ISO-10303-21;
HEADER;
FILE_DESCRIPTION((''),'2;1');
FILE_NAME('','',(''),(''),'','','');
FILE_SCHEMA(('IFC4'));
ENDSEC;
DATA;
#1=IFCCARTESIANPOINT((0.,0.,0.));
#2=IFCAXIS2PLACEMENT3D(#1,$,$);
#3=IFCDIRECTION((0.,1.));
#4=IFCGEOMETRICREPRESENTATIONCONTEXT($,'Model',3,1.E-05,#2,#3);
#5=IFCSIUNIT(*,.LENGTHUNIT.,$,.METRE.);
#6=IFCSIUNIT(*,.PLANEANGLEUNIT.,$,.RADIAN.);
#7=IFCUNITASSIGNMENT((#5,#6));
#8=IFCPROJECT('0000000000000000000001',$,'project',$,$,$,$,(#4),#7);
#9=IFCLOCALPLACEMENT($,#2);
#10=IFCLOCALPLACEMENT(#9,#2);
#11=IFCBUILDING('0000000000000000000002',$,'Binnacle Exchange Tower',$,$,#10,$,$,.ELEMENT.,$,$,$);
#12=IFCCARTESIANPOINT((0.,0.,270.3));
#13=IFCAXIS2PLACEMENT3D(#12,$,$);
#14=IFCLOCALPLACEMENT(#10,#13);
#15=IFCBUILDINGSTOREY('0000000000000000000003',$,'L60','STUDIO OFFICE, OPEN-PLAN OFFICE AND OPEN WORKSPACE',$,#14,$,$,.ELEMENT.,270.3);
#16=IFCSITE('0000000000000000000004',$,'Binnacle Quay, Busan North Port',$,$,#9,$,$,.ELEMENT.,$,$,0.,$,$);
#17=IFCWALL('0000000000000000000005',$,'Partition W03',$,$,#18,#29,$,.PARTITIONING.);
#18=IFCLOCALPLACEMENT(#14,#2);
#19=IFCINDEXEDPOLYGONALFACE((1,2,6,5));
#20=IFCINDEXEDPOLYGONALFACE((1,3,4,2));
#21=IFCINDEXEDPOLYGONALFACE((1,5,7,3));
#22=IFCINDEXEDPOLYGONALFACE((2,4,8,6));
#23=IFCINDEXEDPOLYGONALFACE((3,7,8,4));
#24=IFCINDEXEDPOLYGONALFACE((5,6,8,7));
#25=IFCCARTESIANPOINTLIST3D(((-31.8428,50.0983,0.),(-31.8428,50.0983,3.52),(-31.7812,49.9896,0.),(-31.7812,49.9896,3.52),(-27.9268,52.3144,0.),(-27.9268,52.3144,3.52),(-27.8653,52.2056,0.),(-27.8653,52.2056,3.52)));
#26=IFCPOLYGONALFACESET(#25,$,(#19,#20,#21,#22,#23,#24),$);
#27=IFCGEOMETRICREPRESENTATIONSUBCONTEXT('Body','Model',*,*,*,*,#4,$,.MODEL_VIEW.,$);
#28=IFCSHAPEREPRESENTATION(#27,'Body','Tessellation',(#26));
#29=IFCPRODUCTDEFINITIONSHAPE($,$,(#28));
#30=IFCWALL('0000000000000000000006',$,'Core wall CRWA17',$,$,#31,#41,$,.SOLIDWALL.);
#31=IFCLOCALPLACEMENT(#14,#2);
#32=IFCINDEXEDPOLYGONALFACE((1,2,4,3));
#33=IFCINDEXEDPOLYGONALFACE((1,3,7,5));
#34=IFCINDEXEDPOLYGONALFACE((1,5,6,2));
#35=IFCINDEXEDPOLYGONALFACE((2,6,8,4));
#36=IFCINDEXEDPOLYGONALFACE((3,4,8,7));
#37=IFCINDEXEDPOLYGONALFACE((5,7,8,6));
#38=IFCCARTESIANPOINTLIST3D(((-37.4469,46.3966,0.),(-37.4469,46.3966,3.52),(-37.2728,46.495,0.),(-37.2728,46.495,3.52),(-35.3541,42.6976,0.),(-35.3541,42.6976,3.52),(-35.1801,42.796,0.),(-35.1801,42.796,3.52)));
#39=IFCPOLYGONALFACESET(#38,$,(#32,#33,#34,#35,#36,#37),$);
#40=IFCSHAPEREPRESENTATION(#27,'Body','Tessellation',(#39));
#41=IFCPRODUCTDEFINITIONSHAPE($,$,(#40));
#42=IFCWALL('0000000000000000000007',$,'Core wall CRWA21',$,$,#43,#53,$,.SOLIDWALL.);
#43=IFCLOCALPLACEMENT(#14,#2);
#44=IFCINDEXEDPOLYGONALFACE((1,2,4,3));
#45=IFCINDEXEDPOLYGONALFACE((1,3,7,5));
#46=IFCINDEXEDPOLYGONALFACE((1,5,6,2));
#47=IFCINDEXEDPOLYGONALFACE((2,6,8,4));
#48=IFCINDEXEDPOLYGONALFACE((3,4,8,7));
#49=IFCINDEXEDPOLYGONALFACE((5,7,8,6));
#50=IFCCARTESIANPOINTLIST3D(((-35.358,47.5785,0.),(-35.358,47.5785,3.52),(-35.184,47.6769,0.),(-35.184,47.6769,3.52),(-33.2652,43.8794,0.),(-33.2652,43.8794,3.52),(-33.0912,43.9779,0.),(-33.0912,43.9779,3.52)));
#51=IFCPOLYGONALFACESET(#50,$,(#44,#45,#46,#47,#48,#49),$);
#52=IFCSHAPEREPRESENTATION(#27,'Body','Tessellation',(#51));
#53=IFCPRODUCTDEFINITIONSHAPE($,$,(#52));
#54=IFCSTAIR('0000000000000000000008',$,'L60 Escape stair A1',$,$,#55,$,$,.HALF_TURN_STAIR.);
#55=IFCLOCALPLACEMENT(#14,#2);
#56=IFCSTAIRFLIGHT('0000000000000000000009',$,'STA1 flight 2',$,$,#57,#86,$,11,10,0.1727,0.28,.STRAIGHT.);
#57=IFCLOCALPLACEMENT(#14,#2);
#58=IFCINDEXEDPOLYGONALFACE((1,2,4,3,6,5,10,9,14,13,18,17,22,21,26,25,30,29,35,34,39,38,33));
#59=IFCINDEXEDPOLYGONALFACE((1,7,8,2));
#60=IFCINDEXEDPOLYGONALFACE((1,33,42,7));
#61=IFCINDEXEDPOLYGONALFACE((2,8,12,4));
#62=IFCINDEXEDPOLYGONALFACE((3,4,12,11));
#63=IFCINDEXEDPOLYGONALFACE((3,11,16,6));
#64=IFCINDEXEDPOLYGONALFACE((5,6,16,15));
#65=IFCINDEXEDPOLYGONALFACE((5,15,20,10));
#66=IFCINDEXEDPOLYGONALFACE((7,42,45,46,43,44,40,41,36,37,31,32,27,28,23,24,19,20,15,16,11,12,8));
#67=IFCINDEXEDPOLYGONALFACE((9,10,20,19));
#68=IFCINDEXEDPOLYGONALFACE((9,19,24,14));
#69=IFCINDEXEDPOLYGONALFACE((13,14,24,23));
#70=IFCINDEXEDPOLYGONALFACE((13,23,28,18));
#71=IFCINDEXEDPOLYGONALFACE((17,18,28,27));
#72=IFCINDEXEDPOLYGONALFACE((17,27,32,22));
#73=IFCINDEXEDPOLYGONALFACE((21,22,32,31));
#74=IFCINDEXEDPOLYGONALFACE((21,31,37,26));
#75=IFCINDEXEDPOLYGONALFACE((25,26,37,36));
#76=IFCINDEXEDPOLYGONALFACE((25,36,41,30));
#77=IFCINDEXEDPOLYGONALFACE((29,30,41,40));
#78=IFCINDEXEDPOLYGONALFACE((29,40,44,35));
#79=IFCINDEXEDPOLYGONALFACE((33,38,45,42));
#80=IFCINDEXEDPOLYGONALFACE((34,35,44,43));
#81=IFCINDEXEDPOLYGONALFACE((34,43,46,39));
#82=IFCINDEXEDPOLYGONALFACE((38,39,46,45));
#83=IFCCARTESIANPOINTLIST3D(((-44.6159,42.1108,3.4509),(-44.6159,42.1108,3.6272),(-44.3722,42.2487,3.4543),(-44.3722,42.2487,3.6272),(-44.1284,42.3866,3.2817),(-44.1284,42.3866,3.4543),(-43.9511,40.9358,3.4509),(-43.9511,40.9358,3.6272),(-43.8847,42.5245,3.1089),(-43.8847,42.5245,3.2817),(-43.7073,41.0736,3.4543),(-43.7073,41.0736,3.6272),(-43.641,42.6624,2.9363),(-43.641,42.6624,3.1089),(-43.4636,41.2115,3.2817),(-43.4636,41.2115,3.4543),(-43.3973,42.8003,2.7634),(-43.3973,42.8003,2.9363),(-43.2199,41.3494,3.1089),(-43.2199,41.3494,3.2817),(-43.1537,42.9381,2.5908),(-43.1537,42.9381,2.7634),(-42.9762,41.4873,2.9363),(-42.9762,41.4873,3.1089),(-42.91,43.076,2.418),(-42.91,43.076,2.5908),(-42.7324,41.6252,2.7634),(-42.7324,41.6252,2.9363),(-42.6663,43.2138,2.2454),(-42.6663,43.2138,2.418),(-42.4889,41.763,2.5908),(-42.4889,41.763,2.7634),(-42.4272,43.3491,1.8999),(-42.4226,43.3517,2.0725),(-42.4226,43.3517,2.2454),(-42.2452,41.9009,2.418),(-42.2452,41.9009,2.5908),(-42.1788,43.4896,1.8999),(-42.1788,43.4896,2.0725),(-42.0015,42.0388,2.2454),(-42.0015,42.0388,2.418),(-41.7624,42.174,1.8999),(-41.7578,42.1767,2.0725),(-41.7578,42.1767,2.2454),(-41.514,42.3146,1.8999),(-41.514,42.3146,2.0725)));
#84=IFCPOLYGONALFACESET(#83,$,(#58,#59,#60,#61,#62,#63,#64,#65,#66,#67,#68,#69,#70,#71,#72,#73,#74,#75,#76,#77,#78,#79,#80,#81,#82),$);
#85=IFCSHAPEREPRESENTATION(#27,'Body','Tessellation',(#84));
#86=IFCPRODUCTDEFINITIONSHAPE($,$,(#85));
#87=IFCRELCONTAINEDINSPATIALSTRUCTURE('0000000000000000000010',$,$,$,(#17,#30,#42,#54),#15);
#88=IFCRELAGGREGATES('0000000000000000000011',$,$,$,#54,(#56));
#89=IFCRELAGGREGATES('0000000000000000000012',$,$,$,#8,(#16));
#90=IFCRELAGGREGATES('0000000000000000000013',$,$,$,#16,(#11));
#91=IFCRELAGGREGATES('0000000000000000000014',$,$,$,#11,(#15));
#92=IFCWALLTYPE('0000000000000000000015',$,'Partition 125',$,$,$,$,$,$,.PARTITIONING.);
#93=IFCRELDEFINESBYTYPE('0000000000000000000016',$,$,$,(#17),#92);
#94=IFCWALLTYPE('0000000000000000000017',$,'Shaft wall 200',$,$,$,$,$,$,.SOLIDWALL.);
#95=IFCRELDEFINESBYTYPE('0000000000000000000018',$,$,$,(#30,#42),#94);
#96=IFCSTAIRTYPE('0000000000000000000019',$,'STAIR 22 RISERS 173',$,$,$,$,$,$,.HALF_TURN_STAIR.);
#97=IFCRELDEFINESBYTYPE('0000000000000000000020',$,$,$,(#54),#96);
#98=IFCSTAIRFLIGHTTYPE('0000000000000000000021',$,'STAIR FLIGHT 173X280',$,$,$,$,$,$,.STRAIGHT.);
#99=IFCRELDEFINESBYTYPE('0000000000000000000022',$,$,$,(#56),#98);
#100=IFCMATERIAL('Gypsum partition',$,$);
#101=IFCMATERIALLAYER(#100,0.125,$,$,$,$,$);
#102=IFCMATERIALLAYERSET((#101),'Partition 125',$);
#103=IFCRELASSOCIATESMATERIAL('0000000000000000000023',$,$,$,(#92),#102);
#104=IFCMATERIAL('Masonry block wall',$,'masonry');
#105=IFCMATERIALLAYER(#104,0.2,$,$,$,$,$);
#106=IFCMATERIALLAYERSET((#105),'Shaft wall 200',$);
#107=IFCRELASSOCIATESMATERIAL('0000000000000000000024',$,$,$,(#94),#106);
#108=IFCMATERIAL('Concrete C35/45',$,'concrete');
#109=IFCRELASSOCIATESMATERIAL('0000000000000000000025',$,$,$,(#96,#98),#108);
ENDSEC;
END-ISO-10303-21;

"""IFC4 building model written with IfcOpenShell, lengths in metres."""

from ifc_helpers import new_model, si_unit, direction, frame, frame_2d, origin, place, context, subcontext, project, spatial, polyline, rectangle, outline, extrude, material, layer, layer_set, type_object, element, aggregate, save


model = new_model("IFC4")

# Units and contexts
model_context = context("Model", 3, precision=1e-05, world=origin(), true_north=direction((0.0, 1.0)))
body_context = subcontext(model_context, "Body", "Model", "MODEL_VIEW")
ifc_project = project(units=[si_unit("LENGTHUNIT", "METRE"), si_unit("PLANEANGLEUNIT", "RADIAN")], contexts=[model_context])

# Site, building, storey
site_placement = place(None, origin())
site = spatial("IfcSite", under=ifc_project, at=site_placement, Name="Binnacle Quay, Busan North Port", CompositionType="ELEMENT", RefElevation=0.0)
building_placement = place(site_placement, origin())
building = spatial("IfcBuilding", under=site, at=building_placement, Name="Binnacle Exchange Tower", CompositionType="ELEMENT")
storey_placement = place(building_placement, frame((0.0, 0.0, 270.3)))
storey = spatial("IfcBuildingStorey", under=building, at=storey_placement, Name="L60", Description="STUDIO OFFICE, OPEN-PLAN OFFICE AND OPEN WORKSPACE", CompositionType="ELEMENT", Elevation=270.3)

# Shared definitions
ifc_material_1 = material(Name="Masonry block wall", Category="masonry")

# Walls
ifc_material_2 = material(Name="Gypsum partition")
ifc_layer_1 = layer(ifc_material_2, 0.125)
ifc_layer_set_1 = layer_set([ifc_layer_1], Name="Partition 125")
wall_type_1 = type_object("IfcWallType", Name="Partition 125", PredefinedType="PARTITIONING", material=ifc_layer_set_1)
wall_1_placement = place(storey_placement, frame((-31.812, 50.0439, 0.0), z_axis=(0.0, 0.0, 1.0), x_axis=(0.870309, 0.492506, 0.0)))
element("IfcWall", 1, at=wall_1_placement, inside=storey, type_object=wall_type_1, Name="Partition W03", PredefinedType="PARTITIONING", context=body_context, shape_type="SweptSolid", body=[
    extrude(rectangle(XDim=4.4995, YDim=0.125, at=frame_2d((2.2498, 0.0))), origin(), (0.0, 0.0, 1.0), 3.52),
])
ifc_layer_2 = layer(ifc_material_1, 0.2)
ifc_layer_set_2 = layer_set([ifc_layer_2], Name="Shaft wall 200")
wall_type_2 = type_object("IfcWallType", Name="Shaft wall 200", PredefinedType="SOLIDWALL", material=ifc_layer_set_2)
for number, where, z_axis, x_axis, name in (
    (2, (-37.3599, 46.4458, 0.0), (0.0, 0.0, 1.0), (0.492423, -0.870356, 0.0), "Core wall CRWA17"),
    (3, (-35.271, 47.6277, 0.0), (0.0, 0.0, 1.0), (0.492423, -0.870356, 0.0), "Core wall CRWA21"),
):
    element("IfcWall", number, at=place(storey_placement, frame(where, z_axis=z_axis, x_axis=x_axis)), inside=storey, type_object=wall_type_2, Name=name, PredefinedType="SOLIDWALL", context=body_context, shape_type="SweptSolid", body=[
        extrude(rectangle(XDim=4.25, YDim=0.2, at=frame_2d((2.125, 0.0))), origin(), (0.0, 0.0, 1.0), 3.52),
    ])

# Stair, stair flight
ifc_material_3 = material(Name="Concrete C35/45", Category="concrete")
stair_type = type_object("IfcStairType", Name="STAIR 22 RISERS 173", PredefinedType="HALF_TURN_STAIR", material=ifc_material_3)
stair_placement = place(storey_placement, origin())
stair = element("IfcStair", 4, at=stair_placement, inside=storey, type_object=stair_type, Name="L60 Escape stair A1", PredefinedType="HALF_TURN_STAIR")
stair_flight_type = type_object("IfcStairFlightType", Name="STAIR FLIGHT 173X280", PredefinedType="STRAIGHT", material=ifc_material_3)
stair_flight_placement = place(storey_placement, frame((-41.8464, 42.9021, 1.8999), z_axis=(0.0, 0.0, 1.0), x_axis=(-0.870356, -0.492424, 0.0)))
stair_flight = element("IfcStairFlight", 5, at=stair_flight_placement, type_object=stair_flight_type, Name="STA1 flight 2", NumberOfRisers=11, NumberOfTreads=10, PredefinedType="STRAIGHT", RiserHeight=0.1727, TreadLength=0.28, context=body_context, shape_type="SweptSolid", body=[
    extrude(outline(polyline([(0.0, 0.0), (0.0, 0.1726), (0.28, 0.1726), (0.28, 0.3455), (0.5601, 0.3455), (0.5601, 0.5181), (0.8401, 0.5181), (0.8401, 0.6909), (1.1201, 0.6909), (1.1201, 0.8635), (1.3999, 0.8635), (1.3999, 1.0364), (1.6799, 1.0364), (1.6799, 1.209), (1.96, 1.209), (1.96, 1.3818), (2.24, 1.3818), (2.24, 1.5544), (2.52, 1.5544), (2.52, 1.7273), (2.8, 1.7273), (2.8, 1.8999), (2.8, 1.551), (0.2854, 0.0), (0.0, 0.0)])), frame((0.0, 0.675, 0.0), z_axis=(0.0, -1.0, 0.0), x_axis=(1.0, 0.0, 0.0)), (0.0, 0.0, 1.0), 1.3501),
])
aggregate(stair, [stair_flight])

save(model, "model.ifc")
